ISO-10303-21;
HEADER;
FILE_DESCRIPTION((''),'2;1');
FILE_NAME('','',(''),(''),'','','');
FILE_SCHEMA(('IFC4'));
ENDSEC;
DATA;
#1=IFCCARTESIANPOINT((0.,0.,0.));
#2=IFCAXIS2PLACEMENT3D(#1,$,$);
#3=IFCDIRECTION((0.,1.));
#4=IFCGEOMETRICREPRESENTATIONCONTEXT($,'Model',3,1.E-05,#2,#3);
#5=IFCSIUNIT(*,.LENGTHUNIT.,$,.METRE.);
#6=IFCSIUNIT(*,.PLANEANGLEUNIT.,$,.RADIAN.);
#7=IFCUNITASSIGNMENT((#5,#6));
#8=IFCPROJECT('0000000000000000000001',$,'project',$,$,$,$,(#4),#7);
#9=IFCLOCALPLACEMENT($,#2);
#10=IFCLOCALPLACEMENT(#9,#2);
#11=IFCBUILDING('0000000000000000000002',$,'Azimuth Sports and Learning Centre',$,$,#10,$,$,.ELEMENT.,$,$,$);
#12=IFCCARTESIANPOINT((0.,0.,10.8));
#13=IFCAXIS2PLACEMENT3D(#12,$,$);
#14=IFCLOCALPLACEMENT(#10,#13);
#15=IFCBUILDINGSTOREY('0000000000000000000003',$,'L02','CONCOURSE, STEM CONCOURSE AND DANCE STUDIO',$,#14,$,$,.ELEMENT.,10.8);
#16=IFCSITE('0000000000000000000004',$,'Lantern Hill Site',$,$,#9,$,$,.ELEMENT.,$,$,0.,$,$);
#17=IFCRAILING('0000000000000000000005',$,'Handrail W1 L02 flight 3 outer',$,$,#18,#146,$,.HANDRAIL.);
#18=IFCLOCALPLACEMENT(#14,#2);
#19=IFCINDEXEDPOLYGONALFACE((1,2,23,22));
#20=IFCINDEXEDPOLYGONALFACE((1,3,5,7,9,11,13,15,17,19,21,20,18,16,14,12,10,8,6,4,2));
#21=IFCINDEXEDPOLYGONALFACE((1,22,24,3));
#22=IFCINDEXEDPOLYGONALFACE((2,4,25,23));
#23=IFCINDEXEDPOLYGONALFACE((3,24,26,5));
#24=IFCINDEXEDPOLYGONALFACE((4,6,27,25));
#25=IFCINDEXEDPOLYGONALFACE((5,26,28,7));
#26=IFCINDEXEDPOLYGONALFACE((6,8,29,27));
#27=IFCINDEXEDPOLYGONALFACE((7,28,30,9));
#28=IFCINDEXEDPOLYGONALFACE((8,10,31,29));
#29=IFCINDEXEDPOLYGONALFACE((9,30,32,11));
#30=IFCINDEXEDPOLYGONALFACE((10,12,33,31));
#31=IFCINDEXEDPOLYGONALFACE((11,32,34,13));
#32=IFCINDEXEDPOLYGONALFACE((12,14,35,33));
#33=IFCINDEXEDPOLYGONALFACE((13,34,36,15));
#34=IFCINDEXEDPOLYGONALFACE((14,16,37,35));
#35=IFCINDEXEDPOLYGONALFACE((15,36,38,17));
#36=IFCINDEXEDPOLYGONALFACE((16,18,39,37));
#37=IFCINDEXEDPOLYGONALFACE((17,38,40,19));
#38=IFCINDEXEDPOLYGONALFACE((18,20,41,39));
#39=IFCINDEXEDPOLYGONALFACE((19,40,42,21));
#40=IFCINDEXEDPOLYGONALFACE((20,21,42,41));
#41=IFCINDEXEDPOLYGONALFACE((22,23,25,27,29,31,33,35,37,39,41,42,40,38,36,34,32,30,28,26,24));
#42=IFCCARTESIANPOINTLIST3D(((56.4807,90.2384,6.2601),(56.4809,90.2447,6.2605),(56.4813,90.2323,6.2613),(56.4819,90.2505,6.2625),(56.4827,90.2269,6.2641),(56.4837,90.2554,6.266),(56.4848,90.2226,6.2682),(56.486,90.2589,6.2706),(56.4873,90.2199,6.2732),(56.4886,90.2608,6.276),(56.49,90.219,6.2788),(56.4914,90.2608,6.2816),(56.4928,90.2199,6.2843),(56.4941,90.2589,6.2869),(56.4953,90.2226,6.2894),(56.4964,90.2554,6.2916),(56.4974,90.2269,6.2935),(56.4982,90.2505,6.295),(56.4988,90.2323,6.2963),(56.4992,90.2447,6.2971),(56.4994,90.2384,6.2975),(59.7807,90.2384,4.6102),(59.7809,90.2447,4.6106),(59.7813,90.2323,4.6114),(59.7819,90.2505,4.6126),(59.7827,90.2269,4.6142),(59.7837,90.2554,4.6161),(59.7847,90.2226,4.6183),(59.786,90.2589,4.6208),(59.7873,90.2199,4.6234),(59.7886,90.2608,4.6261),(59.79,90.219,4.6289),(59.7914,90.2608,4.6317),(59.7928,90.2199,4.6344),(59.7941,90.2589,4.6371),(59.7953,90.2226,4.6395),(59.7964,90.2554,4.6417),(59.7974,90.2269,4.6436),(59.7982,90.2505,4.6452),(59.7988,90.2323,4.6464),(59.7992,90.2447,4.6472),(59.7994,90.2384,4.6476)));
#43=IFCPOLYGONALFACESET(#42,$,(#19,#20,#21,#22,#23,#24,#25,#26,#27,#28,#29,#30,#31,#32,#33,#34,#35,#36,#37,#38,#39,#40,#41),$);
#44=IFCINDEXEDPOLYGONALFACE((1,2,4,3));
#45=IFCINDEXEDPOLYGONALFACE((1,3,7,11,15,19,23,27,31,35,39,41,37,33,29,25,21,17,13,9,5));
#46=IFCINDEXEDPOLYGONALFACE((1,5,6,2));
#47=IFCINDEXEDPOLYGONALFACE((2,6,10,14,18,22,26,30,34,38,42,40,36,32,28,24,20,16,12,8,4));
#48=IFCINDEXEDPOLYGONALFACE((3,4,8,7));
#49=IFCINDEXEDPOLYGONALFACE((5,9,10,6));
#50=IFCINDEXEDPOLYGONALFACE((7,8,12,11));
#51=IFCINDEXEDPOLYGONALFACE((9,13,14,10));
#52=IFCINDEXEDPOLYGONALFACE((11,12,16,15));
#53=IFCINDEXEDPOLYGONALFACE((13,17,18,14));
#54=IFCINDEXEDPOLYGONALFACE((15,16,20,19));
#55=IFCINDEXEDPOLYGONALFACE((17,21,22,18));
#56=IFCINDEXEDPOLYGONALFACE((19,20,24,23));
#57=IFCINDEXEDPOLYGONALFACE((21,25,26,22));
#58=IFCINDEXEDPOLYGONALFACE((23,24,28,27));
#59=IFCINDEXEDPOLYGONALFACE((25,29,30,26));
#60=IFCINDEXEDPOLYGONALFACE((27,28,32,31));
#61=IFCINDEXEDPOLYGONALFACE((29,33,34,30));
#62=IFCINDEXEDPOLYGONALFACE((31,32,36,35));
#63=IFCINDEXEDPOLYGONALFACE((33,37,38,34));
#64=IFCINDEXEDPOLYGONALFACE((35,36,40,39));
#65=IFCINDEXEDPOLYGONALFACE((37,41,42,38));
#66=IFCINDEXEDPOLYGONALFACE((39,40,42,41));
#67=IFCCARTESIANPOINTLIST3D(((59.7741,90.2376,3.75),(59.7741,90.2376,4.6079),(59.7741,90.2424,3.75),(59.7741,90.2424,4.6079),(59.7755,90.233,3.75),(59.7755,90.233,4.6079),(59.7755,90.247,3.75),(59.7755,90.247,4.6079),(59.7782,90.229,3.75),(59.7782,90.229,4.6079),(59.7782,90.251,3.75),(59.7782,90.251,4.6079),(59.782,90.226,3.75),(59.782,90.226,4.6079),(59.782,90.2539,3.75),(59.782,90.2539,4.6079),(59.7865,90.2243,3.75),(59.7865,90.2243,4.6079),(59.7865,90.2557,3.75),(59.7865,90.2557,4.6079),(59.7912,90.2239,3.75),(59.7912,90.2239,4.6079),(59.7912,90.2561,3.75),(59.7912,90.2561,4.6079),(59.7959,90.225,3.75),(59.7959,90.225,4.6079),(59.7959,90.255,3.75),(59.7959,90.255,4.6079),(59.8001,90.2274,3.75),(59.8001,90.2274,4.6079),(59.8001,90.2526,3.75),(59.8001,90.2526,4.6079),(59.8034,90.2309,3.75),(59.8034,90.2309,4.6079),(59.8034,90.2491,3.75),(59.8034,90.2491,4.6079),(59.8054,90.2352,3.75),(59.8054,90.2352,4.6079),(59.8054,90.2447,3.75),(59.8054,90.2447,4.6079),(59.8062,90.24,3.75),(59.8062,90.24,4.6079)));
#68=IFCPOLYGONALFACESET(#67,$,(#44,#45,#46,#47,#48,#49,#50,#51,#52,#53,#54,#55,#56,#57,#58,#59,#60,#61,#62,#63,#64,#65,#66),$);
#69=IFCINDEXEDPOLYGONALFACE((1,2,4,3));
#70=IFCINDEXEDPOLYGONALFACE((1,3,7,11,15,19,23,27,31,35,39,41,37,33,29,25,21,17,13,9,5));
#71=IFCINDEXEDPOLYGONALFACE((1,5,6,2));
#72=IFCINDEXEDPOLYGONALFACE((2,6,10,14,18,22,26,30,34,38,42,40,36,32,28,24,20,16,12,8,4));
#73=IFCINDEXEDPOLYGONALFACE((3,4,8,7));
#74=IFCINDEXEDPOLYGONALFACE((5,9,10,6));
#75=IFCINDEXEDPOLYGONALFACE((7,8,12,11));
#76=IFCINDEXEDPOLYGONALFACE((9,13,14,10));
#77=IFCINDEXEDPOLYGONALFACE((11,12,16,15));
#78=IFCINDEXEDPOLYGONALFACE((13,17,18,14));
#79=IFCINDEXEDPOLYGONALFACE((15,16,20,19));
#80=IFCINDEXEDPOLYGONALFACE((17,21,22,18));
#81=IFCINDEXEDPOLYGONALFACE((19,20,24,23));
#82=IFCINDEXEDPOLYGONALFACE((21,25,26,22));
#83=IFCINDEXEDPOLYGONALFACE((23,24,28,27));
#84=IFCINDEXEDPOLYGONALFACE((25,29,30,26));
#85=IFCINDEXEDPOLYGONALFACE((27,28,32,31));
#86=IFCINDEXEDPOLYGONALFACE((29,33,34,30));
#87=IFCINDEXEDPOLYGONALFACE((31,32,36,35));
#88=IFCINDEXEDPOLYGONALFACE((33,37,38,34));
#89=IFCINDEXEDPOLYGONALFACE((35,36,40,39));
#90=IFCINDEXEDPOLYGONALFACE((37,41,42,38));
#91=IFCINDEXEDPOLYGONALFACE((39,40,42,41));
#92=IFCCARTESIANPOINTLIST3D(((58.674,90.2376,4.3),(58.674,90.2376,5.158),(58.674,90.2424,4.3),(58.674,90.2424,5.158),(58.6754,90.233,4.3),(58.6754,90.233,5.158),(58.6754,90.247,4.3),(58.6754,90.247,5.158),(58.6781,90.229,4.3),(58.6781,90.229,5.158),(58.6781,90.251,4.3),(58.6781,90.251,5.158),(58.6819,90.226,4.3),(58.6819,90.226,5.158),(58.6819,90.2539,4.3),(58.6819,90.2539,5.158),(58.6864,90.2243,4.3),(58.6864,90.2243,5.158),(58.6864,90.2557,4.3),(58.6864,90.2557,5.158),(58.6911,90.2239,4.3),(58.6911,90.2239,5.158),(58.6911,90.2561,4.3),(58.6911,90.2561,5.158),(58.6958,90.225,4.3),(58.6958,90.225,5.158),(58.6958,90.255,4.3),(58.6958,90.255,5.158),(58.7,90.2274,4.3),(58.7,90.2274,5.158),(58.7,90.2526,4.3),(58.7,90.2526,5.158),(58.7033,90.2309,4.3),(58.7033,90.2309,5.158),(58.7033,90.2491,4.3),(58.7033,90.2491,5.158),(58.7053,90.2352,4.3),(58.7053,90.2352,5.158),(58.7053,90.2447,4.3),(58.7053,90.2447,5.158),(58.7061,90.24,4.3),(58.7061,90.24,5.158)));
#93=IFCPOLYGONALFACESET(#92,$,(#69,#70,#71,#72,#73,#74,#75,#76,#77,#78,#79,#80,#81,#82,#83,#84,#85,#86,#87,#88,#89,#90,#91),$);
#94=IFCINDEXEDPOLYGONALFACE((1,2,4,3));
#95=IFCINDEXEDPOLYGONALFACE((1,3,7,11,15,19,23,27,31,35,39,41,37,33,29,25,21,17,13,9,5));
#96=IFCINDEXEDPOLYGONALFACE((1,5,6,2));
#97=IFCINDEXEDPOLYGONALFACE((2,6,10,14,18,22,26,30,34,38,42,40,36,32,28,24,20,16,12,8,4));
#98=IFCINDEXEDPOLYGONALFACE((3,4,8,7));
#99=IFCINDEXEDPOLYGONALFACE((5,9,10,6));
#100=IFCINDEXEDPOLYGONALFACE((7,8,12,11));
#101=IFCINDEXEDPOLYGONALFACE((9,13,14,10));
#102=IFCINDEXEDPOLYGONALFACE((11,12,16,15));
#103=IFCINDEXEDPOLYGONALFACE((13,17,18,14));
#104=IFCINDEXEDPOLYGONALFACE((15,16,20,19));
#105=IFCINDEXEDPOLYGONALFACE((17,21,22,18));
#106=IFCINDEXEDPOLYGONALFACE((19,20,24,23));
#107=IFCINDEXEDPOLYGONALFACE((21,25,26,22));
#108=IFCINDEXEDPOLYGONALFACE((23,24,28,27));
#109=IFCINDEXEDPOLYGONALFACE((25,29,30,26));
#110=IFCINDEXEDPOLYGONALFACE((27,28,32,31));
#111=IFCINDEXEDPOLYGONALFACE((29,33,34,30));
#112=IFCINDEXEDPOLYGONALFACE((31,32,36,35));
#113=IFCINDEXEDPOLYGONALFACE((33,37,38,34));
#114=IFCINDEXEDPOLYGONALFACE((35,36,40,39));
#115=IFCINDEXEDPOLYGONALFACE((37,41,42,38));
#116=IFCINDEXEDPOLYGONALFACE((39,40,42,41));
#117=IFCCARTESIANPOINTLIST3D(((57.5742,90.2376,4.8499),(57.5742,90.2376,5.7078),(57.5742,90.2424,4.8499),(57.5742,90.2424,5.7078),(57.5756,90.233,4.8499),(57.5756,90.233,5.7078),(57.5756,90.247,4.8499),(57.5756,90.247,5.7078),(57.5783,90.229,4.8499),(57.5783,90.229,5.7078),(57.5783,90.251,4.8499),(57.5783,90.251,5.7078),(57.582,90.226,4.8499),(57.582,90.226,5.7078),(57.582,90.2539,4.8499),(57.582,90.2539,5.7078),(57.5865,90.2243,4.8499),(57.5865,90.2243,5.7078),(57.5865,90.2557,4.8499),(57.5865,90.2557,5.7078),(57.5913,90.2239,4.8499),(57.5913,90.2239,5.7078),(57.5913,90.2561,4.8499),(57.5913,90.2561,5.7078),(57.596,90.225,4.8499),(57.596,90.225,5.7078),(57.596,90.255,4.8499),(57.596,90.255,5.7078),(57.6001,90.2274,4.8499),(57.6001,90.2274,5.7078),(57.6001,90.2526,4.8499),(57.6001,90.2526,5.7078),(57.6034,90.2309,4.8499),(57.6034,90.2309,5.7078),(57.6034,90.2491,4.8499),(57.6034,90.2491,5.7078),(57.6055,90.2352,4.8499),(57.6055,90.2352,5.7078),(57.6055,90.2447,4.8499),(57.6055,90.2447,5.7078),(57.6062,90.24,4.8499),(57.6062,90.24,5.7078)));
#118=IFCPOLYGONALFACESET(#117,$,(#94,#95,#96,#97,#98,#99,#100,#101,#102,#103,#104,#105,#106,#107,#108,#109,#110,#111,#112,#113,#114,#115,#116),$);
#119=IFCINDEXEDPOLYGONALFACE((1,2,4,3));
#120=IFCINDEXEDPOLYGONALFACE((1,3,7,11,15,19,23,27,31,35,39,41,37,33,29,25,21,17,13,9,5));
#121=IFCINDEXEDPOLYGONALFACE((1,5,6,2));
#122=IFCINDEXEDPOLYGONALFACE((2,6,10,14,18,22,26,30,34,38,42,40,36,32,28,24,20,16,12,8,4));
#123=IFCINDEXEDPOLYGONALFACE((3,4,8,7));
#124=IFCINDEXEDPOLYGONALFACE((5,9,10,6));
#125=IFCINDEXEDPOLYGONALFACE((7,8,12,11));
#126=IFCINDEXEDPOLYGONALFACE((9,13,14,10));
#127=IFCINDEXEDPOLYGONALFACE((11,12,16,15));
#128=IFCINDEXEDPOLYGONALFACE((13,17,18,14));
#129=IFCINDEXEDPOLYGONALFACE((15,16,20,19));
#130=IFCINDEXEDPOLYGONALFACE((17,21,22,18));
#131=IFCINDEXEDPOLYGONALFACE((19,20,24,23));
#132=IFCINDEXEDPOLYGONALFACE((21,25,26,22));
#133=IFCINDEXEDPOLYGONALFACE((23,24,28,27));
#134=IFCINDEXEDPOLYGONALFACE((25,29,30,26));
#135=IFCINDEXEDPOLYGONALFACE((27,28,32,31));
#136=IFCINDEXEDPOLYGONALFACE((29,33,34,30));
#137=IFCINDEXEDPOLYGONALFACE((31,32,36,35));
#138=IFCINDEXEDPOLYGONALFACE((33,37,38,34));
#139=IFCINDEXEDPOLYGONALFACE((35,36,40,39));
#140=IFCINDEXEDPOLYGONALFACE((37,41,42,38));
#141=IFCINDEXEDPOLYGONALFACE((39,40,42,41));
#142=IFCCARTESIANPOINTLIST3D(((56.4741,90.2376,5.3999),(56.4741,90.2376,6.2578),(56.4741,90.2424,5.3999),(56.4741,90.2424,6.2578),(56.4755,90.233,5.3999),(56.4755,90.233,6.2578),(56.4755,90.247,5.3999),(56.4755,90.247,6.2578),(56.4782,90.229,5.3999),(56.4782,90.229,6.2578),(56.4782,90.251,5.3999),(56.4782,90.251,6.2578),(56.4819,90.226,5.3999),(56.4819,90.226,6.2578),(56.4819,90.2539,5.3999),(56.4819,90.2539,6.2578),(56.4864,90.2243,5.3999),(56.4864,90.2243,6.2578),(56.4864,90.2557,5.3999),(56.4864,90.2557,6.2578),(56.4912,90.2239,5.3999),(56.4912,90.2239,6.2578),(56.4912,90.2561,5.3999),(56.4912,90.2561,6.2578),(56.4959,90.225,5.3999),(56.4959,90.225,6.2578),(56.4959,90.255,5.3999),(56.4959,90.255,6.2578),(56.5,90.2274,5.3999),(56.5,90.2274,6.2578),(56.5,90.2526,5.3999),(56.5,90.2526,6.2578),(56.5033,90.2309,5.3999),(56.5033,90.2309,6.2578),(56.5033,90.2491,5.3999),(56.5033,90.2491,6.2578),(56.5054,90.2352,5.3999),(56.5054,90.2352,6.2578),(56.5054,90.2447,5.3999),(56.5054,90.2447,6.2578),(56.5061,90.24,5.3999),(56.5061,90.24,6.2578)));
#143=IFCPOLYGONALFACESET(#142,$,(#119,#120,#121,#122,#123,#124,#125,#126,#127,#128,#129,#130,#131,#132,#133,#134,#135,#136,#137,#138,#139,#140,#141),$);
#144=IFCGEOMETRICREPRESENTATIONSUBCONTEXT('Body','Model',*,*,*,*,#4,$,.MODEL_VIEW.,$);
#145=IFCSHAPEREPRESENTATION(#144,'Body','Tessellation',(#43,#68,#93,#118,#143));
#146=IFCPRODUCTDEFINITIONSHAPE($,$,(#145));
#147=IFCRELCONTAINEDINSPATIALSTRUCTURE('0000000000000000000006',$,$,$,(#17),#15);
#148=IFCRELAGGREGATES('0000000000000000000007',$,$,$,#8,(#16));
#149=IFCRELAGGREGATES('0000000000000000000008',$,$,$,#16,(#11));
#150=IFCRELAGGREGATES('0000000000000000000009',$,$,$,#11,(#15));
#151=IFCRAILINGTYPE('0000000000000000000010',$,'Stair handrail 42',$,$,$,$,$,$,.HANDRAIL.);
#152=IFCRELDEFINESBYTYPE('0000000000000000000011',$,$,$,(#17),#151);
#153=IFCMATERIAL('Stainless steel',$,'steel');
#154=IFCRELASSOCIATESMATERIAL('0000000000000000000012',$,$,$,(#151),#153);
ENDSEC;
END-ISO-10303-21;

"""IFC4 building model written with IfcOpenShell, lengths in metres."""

from ifc_helpers import new_model, si_unit, direction, frame, origin, origin_2d, place, context, subcontext, project, spatial, circle, extrude, material, type_object, element, save


model = new_model("IFC4")

# Units and contexts
model_context = context("Model", 3, precision=1e-05, world=origin(), true_north=direction((0.0, 1.0)))
body_context = subcontext(model_context, "Body", "Model", "MODEL_VIEW")
ifc_project = project(units=[si_unit("LENGTHUNIT", "METRE"), si_unit("PLANEANGLEUNIT", "RADIAN")], contexts=[model_context])

# Site, building, storey
site_placement = place(None, origin())
site = spatial("IfcSite", under=ifc_project, at=site_placement, Name="Lantern Hill Site", CompositionType="ELEMENT", RefElevation=0.0)
building_placement = place(site_placement, origin())
building = spatial("IfcBuilding", under=site, at=building_placement, Name="Azimuth Sports and Learning Centre", CompositionType="ELEMENT")
storey_placement = place(building_placement, frame((0.0, 0.0, 10.8)))
storey = spatial("IfcBuildingStorey", under=building, at=storey_placement, Name="L02", Description="CONCOURSE, STEM CONCOURSE AND DANCE STUDIO", CompositionType="ELEMENT", Elevation=10.8)

# Railing
ifc_material_1 = material(Name="Stainless steel", Category="steel")
railing_type_1 = type_object("IfcRailingType", Name="Stair handrail 42", PredefinedType="HANDRAIL", material=ifc_material_1)
for number, where, name in (
    (1, (59.79, 90.24, 3.75), "Handrail W1 L02 flight 3 outer"),
):
    element("IfcRailing", number, at=place(storey_placement, frame(where)), inside=storey, type_object=railing_type_1, Name=name, PredefinedType="HANDRAIL", context=body_context, shape_type="SweptSolid", body=[
        extrude(circle(Radius=0.021, at=origin_2d()), frame((0.0, 0.0, 0.8789), z_axis=(-0.89444, 0.0, 0.447187), x_axis=(0.0, -1.0, 0.0)), (0.0, 0.0, 1.0), 3.6895),
        extrude(circle(Radius=0.0161, at=origin_2d()), origin(), (0.0, 0.0, 1.0), 0.8579),
        extrude(circle(Radius=0.0161, at=origin_2d()), frame((-1.1001, 0.0, 0.55)), (0.0, 0.0, 1.0), 0.8579),
        extrude(circle(Radius=0.0161, at=origin_2d()), frame((-2.2, 0.0, 1.0999)), (0.0, 0.0, 1.0), 0.8579),
        extrude(circle(Radius=0.0161, at=origin_2d()), frame((-3.3, 0.0, 1.6499)), (0.0, 0.0, 1.0), 0.8579),
    ])

save(model, "model.ifc")
